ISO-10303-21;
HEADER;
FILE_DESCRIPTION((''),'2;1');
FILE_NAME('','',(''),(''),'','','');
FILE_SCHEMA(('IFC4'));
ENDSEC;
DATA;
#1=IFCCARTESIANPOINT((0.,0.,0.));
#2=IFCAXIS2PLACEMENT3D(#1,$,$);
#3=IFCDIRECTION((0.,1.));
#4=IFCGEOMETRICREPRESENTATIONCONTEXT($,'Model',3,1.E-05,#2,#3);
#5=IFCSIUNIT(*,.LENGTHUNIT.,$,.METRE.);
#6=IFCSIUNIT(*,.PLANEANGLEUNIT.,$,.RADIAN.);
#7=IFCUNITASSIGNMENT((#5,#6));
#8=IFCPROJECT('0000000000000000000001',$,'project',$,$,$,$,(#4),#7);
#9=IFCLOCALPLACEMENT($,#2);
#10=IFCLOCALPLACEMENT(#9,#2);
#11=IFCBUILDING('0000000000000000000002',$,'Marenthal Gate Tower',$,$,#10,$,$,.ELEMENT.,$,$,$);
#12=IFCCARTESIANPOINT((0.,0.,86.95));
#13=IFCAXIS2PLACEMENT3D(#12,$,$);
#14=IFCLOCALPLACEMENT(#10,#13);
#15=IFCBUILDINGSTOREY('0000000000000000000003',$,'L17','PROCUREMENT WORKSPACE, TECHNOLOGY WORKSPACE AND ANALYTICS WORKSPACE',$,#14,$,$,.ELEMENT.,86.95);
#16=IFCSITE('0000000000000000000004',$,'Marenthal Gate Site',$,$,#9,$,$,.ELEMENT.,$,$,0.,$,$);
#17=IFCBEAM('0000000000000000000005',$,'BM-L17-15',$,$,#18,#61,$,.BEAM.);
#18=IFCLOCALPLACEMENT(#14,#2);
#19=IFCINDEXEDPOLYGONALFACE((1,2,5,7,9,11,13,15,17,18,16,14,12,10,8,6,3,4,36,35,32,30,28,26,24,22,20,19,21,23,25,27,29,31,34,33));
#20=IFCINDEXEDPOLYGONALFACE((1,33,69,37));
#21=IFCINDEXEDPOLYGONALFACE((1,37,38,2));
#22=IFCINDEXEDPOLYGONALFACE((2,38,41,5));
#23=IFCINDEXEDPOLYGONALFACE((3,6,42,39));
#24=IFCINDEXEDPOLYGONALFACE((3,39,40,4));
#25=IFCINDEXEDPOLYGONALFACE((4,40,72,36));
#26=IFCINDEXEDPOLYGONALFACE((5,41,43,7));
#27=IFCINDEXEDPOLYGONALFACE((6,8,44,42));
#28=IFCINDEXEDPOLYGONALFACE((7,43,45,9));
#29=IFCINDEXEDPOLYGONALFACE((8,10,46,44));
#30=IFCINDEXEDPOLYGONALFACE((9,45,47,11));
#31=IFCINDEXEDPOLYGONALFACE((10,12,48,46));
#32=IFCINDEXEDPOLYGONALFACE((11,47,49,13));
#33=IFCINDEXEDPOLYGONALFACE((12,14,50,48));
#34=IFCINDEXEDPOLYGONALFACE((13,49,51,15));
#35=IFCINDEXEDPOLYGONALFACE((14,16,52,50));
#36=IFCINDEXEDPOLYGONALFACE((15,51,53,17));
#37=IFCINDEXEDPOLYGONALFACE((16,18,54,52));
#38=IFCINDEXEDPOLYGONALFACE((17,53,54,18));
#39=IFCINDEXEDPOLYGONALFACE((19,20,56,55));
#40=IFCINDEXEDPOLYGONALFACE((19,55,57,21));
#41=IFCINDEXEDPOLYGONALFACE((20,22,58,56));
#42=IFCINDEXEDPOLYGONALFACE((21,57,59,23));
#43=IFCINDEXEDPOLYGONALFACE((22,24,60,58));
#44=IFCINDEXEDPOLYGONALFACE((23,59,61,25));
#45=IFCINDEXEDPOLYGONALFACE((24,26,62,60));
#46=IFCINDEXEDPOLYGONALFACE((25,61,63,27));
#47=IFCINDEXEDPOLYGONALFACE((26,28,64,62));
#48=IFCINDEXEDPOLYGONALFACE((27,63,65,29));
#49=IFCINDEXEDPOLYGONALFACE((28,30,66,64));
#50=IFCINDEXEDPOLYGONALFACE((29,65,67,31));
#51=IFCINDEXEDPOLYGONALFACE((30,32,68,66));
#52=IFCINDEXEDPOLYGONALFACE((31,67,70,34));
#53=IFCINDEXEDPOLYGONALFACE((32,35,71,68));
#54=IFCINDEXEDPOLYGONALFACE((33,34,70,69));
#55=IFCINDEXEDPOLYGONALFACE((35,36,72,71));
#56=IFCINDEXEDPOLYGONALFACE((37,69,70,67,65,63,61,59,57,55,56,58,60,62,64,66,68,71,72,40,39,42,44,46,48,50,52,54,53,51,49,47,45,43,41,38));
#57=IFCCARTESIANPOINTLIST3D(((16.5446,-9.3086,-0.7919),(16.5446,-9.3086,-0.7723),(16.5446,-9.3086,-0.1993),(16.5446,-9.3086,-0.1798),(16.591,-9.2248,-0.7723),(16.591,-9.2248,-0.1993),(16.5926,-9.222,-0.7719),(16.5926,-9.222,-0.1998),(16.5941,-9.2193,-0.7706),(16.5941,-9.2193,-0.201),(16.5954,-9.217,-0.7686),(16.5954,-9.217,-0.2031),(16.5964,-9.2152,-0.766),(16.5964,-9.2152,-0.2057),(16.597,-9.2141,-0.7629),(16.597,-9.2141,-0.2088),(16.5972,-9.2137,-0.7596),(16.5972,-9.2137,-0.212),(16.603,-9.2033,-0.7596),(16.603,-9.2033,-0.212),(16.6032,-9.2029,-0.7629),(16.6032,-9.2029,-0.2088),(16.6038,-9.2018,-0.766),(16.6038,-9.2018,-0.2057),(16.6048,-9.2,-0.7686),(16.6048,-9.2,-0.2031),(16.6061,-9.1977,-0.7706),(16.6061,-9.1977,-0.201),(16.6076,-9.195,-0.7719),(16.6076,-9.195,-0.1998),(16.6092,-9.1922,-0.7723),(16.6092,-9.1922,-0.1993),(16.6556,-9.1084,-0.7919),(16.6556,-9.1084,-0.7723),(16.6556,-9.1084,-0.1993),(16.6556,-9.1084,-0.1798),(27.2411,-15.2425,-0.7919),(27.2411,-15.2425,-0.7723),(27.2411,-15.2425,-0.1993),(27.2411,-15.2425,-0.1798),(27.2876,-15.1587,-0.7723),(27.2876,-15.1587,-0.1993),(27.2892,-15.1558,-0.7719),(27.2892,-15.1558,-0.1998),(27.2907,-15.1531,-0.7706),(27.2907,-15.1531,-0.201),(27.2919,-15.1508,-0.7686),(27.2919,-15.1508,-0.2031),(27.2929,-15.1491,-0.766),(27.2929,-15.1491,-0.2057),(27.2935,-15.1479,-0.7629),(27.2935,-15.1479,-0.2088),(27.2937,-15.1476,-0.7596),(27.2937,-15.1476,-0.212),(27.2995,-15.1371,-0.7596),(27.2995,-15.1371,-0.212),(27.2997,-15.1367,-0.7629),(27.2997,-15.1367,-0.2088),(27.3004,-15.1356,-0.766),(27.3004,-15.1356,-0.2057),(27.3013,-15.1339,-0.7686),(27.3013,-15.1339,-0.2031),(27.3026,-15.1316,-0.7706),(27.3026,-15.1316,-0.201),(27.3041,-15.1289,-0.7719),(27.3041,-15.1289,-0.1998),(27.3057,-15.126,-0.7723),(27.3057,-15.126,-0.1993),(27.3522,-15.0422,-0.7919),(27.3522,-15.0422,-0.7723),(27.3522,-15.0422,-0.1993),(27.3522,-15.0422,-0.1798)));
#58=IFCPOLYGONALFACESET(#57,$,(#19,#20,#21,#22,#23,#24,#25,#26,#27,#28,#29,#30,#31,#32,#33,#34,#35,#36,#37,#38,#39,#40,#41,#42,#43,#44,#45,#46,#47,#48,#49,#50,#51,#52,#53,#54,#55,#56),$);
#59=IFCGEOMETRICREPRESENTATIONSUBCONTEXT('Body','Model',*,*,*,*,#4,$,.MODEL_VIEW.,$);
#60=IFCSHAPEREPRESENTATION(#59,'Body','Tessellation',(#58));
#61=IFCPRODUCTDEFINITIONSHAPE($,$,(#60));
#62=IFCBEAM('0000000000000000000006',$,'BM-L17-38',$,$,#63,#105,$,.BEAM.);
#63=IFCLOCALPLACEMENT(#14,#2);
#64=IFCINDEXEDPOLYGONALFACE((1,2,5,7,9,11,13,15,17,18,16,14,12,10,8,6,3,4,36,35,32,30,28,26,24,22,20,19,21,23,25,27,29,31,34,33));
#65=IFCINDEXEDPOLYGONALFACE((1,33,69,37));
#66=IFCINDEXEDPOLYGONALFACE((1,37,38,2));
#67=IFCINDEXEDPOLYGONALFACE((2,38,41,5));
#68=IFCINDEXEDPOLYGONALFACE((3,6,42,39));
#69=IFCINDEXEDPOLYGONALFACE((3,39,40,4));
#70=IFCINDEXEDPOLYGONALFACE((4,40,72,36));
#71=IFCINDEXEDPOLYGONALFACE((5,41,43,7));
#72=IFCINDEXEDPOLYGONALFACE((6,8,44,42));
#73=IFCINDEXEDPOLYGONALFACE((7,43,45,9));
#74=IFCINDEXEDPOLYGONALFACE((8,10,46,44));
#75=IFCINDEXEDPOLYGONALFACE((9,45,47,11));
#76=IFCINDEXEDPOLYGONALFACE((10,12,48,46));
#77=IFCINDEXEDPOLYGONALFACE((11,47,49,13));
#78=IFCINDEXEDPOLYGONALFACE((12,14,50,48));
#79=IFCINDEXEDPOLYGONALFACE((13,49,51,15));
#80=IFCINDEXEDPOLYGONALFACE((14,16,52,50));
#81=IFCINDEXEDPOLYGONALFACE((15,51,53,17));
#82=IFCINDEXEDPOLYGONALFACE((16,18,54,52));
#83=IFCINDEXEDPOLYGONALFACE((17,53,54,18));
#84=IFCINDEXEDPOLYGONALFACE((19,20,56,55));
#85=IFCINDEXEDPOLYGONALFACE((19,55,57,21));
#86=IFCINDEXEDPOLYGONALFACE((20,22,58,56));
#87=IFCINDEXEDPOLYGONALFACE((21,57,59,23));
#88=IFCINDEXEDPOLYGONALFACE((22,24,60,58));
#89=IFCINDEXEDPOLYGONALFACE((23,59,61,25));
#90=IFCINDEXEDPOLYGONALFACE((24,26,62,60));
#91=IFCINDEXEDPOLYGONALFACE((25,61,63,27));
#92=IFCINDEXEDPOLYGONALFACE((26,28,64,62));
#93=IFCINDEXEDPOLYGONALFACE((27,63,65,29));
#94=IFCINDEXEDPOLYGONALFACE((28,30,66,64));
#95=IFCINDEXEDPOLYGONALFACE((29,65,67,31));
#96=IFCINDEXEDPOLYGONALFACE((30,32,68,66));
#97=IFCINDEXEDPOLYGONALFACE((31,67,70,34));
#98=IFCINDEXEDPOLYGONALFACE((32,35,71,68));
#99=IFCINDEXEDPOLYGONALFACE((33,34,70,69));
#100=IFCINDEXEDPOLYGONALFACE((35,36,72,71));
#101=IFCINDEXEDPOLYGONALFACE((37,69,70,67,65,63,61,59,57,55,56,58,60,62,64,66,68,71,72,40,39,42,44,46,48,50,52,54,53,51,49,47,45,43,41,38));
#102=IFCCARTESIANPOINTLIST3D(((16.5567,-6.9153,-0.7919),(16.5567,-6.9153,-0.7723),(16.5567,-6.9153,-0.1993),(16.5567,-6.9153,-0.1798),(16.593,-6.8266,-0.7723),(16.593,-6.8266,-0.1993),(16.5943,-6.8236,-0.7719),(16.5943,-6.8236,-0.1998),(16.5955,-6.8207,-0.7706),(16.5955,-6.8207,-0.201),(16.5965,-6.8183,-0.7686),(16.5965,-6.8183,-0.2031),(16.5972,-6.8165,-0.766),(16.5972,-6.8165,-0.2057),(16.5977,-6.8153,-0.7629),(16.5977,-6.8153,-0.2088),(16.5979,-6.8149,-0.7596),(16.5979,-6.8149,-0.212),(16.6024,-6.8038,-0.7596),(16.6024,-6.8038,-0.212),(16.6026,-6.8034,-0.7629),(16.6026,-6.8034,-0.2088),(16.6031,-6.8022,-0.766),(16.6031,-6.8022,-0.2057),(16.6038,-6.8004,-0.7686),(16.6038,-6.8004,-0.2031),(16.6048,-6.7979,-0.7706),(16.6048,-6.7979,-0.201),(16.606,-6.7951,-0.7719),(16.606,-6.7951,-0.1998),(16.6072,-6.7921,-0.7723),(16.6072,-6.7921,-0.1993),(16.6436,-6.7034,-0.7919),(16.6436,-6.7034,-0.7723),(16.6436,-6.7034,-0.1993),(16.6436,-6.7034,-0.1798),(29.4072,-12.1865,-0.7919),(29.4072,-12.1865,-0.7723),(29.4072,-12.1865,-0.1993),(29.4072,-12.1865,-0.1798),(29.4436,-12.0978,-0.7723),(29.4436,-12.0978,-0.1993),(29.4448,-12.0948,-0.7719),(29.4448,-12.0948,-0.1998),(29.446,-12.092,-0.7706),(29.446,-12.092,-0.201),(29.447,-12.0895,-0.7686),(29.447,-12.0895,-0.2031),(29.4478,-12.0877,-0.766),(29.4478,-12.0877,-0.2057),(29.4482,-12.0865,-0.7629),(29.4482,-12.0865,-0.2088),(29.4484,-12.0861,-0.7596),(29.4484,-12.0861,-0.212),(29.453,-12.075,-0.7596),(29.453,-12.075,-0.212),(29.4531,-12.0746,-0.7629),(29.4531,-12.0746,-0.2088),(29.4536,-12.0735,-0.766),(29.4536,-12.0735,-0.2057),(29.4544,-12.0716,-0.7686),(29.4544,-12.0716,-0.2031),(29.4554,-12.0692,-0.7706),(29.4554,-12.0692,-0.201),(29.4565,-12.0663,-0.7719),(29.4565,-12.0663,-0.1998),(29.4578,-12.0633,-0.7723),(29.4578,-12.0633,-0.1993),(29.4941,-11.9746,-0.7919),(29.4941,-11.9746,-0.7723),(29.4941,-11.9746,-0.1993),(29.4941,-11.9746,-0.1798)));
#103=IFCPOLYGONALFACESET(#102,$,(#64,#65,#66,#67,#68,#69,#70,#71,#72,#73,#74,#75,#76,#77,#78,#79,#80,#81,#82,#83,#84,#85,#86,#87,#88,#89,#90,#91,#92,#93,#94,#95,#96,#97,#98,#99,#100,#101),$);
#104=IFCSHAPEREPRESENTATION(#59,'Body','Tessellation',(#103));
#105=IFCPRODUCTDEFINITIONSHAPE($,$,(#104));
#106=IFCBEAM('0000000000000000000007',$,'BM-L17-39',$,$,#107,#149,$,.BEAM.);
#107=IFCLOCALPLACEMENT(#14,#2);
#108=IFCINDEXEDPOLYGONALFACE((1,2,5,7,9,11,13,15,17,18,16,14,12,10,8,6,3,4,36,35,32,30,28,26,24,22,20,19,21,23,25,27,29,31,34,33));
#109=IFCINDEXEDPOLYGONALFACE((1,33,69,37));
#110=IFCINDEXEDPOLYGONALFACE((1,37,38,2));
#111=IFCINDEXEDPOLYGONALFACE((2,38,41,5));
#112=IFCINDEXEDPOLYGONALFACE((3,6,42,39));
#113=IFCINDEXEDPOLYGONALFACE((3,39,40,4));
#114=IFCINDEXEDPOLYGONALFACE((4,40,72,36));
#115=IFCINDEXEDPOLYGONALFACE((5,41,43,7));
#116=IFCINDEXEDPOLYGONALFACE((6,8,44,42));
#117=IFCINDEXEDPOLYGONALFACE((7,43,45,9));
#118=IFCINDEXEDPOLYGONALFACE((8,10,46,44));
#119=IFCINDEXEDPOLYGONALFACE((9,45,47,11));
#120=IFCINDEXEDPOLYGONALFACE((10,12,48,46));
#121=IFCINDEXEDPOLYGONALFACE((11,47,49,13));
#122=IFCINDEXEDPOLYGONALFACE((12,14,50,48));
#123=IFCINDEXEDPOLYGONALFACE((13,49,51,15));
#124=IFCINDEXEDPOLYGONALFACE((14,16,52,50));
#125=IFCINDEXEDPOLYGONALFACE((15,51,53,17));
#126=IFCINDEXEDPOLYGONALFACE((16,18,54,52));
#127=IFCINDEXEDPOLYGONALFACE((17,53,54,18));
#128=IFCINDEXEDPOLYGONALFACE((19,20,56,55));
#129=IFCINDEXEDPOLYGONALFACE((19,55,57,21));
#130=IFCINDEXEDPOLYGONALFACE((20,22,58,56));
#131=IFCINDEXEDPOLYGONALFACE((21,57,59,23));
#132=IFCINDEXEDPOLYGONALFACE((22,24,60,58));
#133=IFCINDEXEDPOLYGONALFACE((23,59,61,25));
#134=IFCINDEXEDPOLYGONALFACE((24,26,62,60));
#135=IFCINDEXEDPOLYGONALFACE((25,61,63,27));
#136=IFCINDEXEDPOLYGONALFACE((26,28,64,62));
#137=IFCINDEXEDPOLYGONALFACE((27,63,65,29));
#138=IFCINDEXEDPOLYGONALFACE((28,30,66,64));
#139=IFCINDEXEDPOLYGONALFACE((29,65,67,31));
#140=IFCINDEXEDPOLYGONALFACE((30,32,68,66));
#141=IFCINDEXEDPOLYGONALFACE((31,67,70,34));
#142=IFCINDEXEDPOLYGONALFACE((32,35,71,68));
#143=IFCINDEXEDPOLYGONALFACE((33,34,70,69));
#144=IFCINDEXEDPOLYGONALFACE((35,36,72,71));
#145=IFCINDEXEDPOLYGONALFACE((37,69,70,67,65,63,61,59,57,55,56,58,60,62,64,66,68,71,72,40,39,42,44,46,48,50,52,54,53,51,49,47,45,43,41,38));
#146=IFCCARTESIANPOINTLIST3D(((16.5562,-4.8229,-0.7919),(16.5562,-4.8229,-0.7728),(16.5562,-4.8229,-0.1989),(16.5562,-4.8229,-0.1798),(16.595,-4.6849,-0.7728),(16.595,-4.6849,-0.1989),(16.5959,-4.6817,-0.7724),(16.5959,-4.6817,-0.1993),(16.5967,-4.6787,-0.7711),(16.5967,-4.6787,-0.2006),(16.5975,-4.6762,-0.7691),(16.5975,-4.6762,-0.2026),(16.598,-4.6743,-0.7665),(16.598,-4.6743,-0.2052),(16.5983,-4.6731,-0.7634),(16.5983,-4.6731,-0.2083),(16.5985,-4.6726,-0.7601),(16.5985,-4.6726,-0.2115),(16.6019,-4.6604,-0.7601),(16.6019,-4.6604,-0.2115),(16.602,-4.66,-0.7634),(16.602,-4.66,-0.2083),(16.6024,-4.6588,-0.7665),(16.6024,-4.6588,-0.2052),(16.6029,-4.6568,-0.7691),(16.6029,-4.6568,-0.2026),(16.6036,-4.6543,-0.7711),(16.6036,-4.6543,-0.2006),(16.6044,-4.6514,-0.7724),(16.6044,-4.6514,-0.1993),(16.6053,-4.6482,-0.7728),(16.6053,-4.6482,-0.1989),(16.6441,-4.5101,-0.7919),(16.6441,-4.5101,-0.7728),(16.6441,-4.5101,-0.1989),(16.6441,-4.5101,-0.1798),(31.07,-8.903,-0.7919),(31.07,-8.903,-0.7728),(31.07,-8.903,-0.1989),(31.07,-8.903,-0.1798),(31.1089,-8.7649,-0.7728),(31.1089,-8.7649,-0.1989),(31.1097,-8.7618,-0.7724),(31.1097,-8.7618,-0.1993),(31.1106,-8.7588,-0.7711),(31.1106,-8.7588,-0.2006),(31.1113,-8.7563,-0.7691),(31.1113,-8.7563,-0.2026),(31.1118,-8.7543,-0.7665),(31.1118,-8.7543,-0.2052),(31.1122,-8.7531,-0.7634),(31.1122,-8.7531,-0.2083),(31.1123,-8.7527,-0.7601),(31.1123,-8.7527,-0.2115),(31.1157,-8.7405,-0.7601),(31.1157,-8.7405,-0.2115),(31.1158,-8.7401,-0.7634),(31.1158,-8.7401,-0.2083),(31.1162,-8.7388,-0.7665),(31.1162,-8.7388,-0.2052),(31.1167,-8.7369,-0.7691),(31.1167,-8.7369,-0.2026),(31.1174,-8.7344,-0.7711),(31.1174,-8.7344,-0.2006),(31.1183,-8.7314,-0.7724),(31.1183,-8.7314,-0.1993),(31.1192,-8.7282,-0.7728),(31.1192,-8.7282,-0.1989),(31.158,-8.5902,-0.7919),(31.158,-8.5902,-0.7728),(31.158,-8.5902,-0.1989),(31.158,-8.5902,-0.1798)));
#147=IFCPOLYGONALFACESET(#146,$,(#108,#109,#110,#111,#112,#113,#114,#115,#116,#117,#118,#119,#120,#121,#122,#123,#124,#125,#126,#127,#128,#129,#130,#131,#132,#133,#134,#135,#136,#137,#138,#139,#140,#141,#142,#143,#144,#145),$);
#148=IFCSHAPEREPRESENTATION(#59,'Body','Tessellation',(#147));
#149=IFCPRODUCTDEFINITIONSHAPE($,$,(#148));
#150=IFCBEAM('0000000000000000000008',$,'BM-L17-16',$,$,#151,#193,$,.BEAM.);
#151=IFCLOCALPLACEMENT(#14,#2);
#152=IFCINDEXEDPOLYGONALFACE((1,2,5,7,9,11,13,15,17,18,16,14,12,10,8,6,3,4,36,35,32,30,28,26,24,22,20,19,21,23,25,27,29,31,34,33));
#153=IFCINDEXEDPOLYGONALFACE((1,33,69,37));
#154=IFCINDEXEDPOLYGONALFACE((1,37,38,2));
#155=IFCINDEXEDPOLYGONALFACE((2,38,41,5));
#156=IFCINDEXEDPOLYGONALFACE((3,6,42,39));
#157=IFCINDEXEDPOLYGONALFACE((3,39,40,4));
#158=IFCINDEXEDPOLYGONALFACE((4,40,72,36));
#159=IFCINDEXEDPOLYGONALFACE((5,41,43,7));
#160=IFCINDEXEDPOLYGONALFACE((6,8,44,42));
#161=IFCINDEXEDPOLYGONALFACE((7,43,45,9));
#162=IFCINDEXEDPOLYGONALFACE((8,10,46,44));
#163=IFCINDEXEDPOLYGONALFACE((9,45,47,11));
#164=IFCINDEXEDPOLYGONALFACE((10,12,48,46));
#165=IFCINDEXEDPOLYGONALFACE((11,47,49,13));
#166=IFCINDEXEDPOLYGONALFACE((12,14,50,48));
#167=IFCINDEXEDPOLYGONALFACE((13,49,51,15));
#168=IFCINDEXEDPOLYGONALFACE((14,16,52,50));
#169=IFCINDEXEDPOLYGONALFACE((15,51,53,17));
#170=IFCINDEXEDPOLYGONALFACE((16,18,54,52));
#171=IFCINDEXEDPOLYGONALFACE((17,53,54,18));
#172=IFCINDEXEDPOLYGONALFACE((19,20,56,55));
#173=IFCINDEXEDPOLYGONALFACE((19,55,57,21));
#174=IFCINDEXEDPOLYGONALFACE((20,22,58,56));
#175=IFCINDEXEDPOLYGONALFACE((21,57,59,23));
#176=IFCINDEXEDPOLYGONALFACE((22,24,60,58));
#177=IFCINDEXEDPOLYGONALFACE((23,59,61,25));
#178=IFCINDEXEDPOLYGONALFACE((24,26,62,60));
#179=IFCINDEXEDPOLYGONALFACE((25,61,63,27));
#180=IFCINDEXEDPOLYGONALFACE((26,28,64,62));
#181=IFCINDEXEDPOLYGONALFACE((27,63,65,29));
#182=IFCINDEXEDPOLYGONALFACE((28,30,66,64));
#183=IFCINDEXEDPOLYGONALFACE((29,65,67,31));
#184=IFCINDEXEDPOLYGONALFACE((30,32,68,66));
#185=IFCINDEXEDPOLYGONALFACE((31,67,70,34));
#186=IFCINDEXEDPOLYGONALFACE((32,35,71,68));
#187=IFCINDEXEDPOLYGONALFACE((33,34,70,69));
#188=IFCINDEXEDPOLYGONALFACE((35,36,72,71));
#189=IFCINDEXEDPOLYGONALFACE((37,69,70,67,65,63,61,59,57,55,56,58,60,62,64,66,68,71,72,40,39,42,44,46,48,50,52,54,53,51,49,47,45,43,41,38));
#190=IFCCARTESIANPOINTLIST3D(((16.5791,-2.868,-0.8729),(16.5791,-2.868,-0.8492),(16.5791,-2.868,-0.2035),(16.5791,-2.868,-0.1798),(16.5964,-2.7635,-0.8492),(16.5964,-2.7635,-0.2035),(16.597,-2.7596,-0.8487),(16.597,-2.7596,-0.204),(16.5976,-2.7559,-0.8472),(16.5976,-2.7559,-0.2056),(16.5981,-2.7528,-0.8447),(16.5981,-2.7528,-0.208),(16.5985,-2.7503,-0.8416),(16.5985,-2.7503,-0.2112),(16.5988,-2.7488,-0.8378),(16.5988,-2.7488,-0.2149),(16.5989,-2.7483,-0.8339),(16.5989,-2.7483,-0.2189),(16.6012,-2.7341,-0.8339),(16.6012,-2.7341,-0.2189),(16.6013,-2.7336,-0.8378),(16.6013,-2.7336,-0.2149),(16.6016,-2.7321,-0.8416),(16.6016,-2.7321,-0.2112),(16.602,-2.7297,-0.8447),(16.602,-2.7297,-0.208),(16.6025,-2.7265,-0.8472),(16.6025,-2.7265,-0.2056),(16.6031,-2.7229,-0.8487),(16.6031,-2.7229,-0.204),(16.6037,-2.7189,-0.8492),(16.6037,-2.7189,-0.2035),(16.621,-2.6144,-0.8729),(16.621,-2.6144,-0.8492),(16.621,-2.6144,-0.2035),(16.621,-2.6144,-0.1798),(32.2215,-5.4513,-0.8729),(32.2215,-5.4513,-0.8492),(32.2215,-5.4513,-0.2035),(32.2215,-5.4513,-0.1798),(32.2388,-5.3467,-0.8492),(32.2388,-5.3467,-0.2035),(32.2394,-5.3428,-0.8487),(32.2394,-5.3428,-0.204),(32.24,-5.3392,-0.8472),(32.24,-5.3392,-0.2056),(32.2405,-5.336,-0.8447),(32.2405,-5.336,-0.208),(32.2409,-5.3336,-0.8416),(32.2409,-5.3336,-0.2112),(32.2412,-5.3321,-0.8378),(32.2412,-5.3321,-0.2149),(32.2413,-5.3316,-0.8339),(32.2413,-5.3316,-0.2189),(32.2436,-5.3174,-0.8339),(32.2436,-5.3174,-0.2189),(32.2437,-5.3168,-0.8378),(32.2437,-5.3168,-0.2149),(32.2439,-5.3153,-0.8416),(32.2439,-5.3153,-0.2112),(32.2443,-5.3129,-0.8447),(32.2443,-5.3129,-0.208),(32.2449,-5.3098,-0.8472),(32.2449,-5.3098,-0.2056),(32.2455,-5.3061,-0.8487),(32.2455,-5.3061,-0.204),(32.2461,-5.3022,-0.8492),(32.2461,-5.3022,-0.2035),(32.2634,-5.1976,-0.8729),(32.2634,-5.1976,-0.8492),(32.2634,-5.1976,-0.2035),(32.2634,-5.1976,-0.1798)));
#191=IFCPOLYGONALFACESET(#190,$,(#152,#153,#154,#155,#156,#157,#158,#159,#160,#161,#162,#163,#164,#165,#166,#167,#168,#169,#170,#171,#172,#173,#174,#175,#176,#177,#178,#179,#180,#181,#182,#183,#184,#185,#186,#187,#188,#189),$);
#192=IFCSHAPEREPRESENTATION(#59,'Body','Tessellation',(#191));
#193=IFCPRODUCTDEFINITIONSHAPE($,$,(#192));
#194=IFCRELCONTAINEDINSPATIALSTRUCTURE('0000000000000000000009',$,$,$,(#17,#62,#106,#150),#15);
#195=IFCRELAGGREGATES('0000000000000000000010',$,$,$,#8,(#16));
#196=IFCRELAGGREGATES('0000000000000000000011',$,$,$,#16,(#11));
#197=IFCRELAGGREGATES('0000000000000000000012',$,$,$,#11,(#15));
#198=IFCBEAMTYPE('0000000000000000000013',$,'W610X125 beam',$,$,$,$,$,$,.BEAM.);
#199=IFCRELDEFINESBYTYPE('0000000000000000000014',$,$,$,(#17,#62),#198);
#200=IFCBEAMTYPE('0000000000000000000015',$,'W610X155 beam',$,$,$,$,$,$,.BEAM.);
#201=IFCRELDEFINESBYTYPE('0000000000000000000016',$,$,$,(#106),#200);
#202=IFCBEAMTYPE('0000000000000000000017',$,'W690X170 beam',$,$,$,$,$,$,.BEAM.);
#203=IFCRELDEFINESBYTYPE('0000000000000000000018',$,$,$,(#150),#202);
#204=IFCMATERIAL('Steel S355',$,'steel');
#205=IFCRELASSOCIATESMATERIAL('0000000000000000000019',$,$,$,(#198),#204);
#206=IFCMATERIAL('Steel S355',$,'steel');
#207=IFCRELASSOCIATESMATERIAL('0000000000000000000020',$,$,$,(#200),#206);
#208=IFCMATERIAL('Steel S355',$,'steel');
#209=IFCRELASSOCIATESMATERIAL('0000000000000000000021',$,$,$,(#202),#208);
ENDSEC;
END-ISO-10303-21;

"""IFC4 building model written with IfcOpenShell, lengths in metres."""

from ifc_helpers import new_model, si_unit, direction, frame, origin, origin_2d, place, context, subcontext, project, spatial, i_section, extrude, material, material_profile, profile_set, type_object, element, save


model = new_model("IFC4")

# Units and contexts
model_context = context("Model", 3, precision=1e-05, world=origin(), true_north=direction((0.0, 1.0)))
body_context = subcontext(model_context, "Body", "Model", "MODEL_VIEW")
ifc_project = project(units=[si_unit("LENGTHUNIT", "METRE"), si_unit("PLANEANGLEUNIT", "RADIAN")], contexts=[model_context])

# Site, building, storey
site_placement = place(None, origin())
site = spatial("IfcSite", under=ifc_project, at=site_placement, Name="Marenthal Gate Site", CompositionType="ELEMENT", RefElevation=0.0)
building_placement = place(site_placement, origin())
building = spatial("IfcBuilding", under=site, at=building_placement, Name="Marenthal Gate Tower", CompositionType="ELEMENT")
storey_placement = place(building_placement, frame((0.0, 0.0, 86.95)))
storey = spatial("IfcBuildingStorey", under=building, at=storey_placement, Name="L17", Description="PROCUREMENT WORKSPACE, TECHNOLOGY WORKSPACE AND ANALYTICS WORKSPACE", CompositionType="ELEMENT", Elevation=86.95)

# Beams
ifc_material_1 = material(Name="Steel S355", Category="steel")
ifc_material_profile_1 = material_profile(ifc_material_1, i_section(OverallWidth=0.229, OverallDepth=0.6121, WebThickness=0.012, FlangeThickness=0.0195, FilletRadius=0.0127, at=origin_2d()), Name="W610X125")
ifc_profile_set_1 = profile_set([ifc_material_profile_1], Name="Steel S355")
beam_type_1 = type_object("IfcBeamType", Name="W610X125 beam", PredefinedType="BEAM", material=ifc_profile_set_1)
beam_1_placement = place(storey_placement, frame((27.2966, -15.1423, -0.4858), z_axis=(-0.874458, 0.485101, 0.0), x_axis=(-0.485101, -0.874458, 0.0)))
element("IfcBeam", 1, at=beam_1_placement, inside=storey, type_object=beam_type_1, Name="BM-L17-15", PredefinedType="BEAM", context=body_context, shape_type="SweptSolid", body=[
    extrude(i_section(OverallWidth=0.229, OverallDepth=0.6121, WebThickness=0.012, FlangeThickness=0.0195, FilletRadius=0.0127, at=origin_2d()), origin(), (0.0, 0.0, 1.0), 12.2322),
])
beam_2_placement = place(storey_placement, frame((29.4507, -12.0806, -0.4858), z_axis=(-0.925189, 0.379507, 0.0), x_axis=(-0.379507, -0.925189, 0.0)))
element("IfcBeam", 2, at=beam_2_placement, inside=storey, type_object=beam_type_1, Name="BM-L17-38", PredefinedType="BEAM", context=body_context, shape_type="SweptSolid", body=[
    extrude(i_section(OverallWidth=0.229, OverallDepth=0.6121, WebThickness=0.012, FlangeThickness=0.0195, FilletRadius=0.0127, at=origin_2d()), origin(), (0.0, 0.0, 1.0), 13.8896),
])
ifc_material_2 = material(Name="Steel S355", Category="steel")
ifc_material_profile_2 = material_profile(ifc_material_2, i_section(OverallWidth=0.325, OverallDepth=0.6121, WebThickness=0.0127, FlangeThickness=0.019, FilletRadius=0.0127, at=origin_2d()), Name="W610X155")
ifc_profile_set_2 = profile_set([ifc_material_profile_2], Name="Steel S355")
beam_type_2 = type_object("IfcBeamType", Name="W610X155 beam", PredefinedType="BEAM", material=ifc_profile_set_2)
beam_3_placement = place(storey_placement, frame((31.114, -8.7466, -0.4858), z_axis=(-0.962685, 0.270625, 0.0), x_axis=(-0.270625, -0.962685, 0.0)))
element("IfcBeam", 3, at=beam_3_placement, inside=storey, type_object=beam_type_2, Name="BM-L17-39", PredefinedType="BEAM", context=body_context, shape_type="SweptSolid", body=[
    extrude(i_section(OverallWidth=0.325, OverallDepth=0.6121, WebThickness=0.0127, FlangeThickness=0.019, FilletRadius=0.0127, at=origin_2d()), origin(), (0.0, 0.0, 1.0), 15.0764),
])
ifc_material_3 = material(Name="Steel S355", Category="steel")
ifc_material_profile_3 = material_profile(ifc_material_3, i_section(OverallWidth=0.2571, OverallDepth=0.6931, WebThickness=0.0144, FlangeThickness=0.0237, FilletRadius=0.0154, at=origin_2d()), Name="W690X170")
ifc_profile_set_3 = profile_set([ifc_material_profile_3], Name="Steel S355")
beam_type_3 = type_object("IfcBeamType", Name="W690X170 beam", PredefinedType="BEAM", material=ifc_profile_set_3)
beam_4_placement = place(storey_placement, frame((32.2424, -5.3245, -0.5264), z_axis=(-0.986636, 0.162938, 0.0), x_axis=(-0.162938, -0.986636, 0.0)))
element("IfcBeam", 4, at=beam_4_placement, inside=storey, type_object=beam_type_3, Name="BM-L17-16", PredefinedType="BEAM", context=body_context, shape_type="SweptSolid", body=[
    extrude(i_section(OverallWidth=0.2571, OverallDepth=0.6931, WebThickness=0.0144, FlangeThickness=0.0237, FilletRadius=0.0154, at=origin_2d()), origin(), (0.0, 0.0, 1.0), 15.8542),
])

save(model, "model.ifc")
